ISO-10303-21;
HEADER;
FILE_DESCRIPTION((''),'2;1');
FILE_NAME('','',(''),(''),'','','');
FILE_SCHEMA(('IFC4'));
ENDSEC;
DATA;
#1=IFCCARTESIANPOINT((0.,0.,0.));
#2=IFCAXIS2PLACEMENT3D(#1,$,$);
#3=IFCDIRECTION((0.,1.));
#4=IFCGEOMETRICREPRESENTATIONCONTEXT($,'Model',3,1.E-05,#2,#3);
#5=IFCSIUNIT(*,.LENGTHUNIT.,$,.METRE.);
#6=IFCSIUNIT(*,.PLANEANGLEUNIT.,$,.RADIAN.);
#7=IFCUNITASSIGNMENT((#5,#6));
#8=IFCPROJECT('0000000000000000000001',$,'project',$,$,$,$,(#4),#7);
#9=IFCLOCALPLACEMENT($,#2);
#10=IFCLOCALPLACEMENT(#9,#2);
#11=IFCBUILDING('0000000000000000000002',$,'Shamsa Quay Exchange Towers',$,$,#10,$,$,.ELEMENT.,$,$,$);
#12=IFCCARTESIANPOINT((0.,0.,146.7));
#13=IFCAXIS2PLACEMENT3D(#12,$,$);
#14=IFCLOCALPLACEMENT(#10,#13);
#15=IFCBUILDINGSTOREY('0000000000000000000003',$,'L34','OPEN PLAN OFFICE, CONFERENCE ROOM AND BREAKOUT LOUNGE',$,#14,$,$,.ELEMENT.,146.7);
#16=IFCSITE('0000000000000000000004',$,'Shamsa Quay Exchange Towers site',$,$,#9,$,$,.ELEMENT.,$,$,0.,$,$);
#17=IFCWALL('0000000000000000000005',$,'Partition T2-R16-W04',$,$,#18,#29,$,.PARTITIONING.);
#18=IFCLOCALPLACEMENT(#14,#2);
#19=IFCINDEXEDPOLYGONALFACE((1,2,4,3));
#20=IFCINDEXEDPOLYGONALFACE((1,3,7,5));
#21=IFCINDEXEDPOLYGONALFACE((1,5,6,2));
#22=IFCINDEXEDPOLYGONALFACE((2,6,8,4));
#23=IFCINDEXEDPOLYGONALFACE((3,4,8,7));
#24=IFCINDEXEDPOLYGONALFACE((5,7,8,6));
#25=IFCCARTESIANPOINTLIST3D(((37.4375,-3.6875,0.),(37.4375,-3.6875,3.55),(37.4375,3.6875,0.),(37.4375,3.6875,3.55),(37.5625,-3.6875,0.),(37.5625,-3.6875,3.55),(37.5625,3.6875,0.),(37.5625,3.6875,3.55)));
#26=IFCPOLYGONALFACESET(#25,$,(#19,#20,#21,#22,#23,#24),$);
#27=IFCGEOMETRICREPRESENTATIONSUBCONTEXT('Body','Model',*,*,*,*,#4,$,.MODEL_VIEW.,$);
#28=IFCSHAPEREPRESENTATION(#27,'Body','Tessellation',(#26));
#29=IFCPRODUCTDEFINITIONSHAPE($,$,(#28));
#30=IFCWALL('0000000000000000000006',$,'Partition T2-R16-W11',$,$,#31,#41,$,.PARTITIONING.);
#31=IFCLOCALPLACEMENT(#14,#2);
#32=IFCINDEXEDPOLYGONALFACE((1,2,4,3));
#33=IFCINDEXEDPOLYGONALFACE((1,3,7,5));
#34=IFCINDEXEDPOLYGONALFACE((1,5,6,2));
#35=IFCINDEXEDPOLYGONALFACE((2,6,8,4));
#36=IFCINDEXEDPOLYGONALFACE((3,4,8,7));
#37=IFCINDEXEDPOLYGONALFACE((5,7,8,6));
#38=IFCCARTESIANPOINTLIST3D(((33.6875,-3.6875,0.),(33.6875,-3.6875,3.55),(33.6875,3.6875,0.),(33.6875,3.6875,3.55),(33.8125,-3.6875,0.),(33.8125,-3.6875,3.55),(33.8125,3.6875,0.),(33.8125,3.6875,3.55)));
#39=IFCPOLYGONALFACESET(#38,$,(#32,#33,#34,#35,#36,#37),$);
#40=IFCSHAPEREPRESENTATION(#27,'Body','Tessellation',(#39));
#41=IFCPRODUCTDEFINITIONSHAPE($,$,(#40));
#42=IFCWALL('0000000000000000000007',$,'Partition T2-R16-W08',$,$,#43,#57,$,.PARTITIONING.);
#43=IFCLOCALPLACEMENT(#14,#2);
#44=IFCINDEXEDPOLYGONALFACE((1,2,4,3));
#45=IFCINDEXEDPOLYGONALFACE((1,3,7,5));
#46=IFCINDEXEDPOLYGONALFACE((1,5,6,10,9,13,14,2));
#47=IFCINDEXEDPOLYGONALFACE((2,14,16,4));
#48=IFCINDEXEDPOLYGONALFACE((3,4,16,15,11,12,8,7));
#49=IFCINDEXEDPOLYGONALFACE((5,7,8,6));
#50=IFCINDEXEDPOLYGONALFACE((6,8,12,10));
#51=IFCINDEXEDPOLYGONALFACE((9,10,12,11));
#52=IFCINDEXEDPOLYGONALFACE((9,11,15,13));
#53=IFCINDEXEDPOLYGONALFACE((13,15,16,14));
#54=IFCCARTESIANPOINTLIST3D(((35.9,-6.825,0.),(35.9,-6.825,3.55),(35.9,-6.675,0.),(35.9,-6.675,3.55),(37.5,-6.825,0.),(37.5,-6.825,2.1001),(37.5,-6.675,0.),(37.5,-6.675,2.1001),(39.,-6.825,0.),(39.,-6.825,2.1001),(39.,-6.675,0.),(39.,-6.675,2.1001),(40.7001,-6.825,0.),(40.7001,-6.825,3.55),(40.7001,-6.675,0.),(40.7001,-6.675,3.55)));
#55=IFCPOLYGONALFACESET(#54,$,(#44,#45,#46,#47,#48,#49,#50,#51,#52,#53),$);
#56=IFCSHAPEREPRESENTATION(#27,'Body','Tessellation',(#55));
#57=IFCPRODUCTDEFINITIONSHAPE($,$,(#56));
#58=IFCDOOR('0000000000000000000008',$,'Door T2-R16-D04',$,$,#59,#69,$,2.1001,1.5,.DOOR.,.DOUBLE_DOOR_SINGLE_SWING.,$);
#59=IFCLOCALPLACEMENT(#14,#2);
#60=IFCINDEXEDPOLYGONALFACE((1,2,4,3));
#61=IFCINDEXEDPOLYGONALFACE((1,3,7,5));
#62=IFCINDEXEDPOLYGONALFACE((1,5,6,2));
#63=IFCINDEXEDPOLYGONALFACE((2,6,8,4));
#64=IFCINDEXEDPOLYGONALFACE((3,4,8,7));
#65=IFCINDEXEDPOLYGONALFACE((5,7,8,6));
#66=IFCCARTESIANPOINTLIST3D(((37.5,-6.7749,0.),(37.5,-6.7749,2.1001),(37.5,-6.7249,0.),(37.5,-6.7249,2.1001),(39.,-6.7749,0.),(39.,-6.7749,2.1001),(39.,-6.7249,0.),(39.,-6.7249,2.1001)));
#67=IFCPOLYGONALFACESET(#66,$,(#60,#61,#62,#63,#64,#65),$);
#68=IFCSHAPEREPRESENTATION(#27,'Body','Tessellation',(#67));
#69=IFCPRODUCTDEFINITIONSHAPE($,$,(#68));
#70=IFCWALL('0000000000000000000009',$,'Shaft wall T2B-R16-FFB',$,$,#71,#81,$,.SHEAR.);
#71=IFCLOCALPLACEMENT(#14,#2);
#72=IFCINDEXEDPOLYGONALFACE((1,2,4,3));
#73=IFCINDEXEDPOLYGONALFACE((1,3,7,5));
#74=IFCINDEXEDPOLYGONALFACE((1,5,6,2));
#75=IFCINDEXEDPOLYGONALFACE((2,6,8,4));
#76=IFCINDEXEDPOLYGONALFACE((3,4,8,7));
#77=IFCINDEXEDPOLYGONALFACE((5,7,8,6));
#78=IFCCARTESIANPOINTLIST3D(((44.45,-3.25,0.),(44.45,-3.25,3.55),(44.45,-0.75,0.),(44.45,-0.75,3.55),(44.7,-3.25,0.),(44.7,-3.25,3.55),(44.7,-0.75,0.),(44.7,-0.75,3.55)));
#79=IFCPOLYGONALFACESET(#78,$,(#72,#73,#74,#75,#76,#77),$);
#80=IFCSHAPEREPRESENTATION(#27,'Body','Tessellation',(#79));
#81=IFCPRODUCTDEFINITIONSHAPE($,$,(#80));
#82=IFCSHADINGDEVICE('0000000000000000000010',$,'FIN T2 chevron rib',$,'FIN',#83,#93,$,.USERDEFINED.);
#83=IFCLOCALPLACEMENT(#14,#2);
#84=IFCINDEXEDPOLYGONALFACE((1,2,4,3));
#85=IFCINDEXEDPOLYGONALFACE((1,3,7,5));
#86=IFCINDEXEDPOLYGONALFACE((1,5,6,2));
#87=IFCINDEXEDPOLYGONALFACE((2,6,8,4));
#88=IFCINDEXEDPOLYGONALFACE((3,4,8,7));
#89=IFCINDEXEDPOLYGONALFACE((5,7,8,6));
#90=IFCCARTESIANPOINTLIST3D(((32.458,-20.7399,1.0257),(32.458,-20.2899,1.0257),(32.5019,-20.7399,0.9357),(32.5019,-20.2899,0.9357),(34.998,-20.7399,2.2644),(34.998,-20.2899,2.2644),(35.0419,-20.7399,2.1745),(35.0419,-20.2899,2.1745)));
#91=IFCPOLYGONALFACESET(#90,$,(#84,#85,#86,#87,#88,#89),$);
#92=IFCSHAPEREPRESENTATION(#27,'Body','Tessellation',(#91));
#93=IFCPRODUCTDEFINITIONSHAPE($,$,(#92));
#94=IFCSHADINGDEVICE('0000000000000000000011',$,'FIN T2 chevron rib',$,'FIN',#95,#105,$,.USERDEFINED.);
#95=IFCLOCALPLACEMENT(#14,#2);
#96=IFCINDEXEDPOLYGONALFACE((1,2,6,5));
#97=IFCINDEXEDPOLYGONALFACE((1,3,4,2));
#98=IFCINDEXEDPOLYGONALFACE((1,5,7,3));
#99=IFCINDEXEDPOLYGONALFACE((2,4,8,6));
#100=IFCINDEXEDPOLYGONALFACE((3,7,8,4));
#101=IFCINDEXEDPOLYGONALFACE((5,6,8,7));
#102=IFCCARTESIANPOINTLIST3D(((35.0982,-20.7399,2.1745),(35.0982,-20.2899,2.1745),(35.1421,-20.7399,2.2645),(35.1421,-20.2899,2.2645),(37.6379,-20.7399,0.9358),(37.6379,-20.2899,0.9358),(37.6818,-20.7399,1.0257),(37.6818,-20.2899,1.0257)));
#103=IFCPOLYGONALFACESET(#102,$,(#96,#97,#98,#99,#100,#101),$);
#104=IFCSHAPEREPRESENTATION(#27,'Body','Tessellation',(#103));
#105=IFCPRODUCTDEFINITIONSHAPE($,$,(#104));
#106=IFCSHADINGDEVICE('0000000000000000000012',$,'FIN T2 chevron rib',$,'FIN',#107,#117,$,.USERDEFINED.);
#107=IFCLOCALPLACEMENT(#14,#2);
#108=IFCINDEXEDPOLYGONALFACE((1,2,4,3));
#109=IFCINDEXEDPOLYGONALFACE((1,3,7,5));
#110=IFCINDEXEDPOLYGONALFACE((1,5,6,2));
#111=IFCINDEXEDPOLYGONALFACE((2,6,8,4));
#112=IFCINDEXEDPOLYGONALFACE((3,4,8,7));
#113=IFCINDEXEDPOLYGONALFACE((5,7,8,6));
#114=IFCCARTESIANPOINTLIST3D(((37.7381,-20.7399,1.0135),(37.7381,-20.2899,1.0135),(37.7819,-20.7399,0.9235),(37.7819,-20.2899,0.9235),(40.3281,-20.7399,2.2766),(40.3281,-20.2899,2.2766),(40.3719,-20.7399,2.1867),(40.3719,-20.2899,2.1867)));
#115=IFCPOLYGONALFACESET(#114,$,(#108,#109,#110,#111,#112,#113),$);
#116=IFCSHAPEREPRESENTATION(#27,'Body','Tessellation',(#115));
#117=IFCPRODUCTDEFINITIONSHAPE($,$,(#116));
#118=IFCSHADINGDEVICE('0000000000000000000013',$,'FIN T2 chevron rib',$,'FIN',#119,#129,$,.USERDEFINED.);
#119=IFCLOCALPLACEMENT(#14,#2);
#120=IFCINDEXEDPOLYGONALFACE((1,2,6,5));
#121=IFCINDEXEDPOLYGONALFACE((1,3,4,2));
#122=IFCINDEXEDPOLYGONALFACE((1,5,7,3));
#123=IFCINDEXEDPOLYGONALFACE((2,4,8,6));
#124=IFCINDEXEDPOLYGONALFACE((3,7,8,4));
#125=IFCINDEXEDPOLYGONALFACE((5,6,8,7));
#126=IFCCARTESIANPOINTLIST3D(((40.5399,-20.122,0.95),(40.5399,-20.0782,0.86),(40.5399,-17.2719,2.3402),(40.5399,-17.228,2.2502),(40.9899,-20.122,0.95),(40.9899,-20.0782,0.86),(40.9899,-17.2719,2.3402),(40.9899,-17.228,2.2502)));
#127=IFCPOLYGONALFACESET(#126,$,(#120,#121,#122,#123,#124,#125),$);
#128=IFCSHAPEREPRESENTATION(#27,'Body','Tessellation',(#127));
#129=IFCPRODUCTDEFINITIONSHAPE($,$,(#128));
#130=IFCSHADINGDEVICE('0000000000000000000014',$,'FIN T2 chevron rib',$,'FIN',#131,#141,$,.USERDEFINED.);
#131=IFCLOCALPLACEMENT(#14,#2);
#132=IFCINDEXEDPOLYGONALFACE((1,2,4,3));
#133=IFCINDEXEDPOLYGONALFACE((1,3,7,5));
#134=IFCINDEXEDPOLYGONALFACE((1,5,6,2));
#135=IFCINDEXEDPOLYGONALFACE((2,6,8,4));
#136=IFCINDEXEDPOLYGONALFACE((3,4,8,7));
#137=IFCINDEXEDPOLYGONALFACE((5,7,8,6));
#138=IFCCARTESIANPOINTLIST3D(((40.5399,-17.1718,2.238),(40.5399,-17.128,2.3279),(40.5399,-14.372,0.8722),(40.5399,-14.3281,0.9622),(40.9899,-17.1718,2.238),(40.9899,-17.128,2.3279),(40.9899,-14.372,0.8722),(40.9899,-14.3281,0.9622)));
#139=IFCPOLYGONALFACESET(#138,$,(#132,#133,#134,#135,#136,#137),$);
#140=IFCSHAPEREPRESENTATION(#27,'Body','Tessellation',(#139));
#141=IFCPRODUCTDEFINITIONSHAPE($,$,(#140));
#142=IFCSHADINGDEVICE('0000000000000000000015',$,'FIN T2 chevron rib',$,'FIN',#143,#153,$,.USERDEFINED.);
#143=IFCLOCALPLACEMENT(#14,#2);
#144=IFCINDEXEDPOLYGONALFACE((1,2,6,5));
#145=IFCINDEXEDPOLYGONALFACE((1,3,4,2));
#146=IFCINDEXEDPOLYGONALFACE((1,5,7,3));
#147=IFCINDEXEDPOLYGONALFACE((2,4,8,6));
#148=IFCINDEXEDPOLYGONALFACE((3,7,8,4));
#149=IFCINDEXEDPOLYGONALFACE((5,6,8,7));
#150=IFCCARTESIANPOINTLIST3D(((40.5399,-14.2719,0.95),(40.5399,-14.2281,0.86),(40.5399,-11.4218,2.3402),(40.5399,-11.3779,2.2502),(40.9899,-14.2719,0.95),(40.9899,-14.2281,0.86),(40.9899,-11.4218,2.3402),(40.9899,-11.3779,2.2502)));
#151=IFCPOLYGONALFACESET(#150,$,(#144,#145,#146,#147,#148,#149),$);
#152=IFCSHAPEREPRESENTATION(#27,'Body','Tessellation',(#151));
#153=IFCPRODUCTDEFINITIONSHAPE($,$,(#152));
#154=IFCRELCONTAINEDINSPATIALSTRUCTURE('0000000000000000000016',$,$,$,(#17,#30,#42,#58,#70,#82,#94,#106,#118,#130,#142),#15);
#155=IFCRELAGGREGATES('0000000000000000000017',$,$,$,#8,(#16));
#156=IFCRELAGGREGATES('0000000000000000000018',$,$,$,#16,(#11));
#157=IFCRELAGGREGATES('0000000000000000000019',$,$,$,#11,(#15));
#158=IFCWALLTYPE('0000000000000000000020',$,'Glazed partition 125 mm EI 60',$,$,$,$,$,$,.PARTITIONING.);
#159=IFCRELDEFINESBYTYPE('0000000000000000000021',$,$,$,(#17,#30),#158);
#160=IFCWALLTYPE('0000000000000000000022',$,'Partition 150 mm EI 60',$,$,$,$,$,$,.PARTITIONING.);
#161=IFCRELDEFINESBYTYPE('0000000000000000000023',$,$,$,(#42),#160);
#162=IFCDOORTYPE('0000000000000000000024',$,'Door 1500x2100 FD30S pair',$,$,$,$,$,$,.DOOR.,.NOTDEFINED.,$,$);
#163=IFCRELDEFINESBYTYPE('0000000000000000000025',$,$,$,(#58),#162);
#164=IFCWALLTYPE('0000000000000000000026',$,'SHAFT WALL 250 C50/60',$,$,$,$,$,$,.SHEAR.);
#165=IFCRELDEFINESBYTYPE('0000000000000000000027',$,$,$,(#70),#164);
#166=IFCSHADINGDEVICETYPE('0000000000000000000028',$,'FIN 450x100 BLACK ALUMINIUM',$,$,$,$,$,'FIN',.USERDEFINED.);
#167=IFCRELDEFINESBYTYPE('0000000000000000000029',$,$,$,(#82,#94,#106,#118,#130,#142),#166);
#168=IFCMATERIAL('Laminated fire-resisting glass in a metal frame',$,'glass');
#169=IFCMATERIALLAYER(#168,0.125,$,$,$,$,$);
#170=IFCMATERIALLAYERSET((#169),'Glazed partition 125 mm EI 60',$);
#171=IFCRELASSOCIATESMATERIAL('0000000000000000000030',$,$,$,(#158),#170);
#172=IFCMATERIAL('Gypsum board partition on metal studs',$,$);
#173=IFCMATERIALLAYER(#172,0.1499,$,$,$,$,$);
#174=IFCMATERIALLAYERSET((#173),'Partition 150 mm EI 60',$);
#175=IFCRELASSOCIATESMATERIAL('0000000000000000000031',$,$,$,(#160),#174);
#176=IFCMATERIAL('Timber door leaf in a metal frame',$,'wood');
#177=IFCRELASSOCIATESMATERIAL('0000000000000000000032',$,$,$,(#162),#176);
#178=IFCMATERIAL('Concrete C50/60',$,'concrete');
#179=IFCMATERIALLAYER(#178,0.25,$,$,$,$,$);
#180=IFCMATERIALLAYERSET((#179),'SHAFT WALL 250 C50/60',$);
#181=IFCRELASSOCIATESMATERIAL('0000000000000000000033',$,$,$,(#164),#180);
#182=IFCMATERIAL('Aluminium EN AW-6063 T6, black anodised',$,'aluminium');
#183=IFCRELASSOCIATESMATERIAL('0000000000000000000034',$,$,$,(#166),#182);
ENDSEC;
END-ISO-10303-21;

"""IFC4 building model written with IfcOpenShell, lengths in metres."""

from ifc_helpers import new_model, si_unit, direction, frame, frame_2d, origin, origin_2d, place, context, subcontext, project, spatial, rectangle, extrude, material, layer, layer_set, material_profile, profile_set, type_object, element, fill, save


model = new_model("IFC4")

# Units and contexts
model_context = context("Model", 3, precision=1e-05, world=origin(), true_north=direction((0.0, 1.0)))
body_context = subcontext(model_context, "Body", "Model", "MODEL_VIEW")
ifc_project = project(units=[si_unit("LENGTHUNIT", "METRE"), si_unit("PLANEANGLEUNIT", "RADIAN")], contexts=[model_context])

# Site, building, storey
site_placement = place(None, origin())
site = spatial("IfcSite", under=ifc_project, at=site_placement, Name="Shamsa Quay Exchange Towers site", CompositionType="ELEMENT", RefElevation=0.0)
building_placement = place(site_placement, origin())
building = spatial("IfcBuilding", under=site, at=building_placement, Name="Shamsa Quay Exchange Towers", CompositionType="ELEMENT")
storey_placement = place(building_placement, frame((0.0, 0.0, 146.7)))
storey = spatial("IfcBuildingStorey", under=building, at=storey_placement, Name="L34", Description="OPEN PLAN OFFICE, CONFERENCE ROOM AND BREAKOUT LOUNGE", CompositionType="ELEMENT", Elevation=146.7)

# Shared definitions
ifc_material_1 = material(Name="Aluminium EN AW-6063 T6, black anodised", Category="aluminium")

# Walls
ifc_material_2 = material(Name="Laminated fire-resisting glass in a metal frame", Category="glass")
ifc_layer_1 = layer(ifc_material_2, 0.125)
ifc_layer_set_1 = layer_set([ifc_layer_1], Name="Glazed partition 125 mm EI 60")
wall_type_1 = type_object("IfcWallType", Name="Glazed partition 125 mm EI 60", PredefinedType="PARTITIONING", material=ifc_layer_set_1)
for number, where, z_axis, x_axis, name in (
    (1, (37.5, -3.6875, 0.0), (0.0, 0.0, 1.0), (0.0, 1.0, 0.0), "Partition T2-R16-W04"),
    (2, (33.75, -3.6875, 0.0), (0.0, 0.0, 1.0), (0.0, 1.0, 0.0), "Partition T2-R16-W11"),
):
    element("IfcWall", number, at=place(storey_placement, frame(where, z_axis=z_axis, x_axis=x_axis)), inside=storey, type_object=wall_type_1, Name=name, PredefinedType="PARTITIONING", context=body_context, shape_type="SweptSolid", body=[
        extrude(rectangle(XDim=7.375, YDim=0.125, at=frame_2d((3.6875, 0.0))), origin(), (0.0, 0.0, 1.0), 3.55),
    ])

# Wall, opening, door
ifc_material_3 = material(Name="Gypsum board partition on metal studs")
ifc_layer_2 = layer(ifc_material_3, 0.1499)
ifc_layer_set_2 = layer_set([ifc_layer_2], Name="Partition 150 mm EI 60")
wall_type_2 = type_object("IfcWallType", Name="Partition 150 mm EI 60", PredefinedType="PARTITIONING", material=ifc_layer_set_2)
wall_1_placement = place(storey_placement, frame((40.7, -6.75, 0.0), z_axis=(0.0, 0.0, 1.0), x_axis=(-1.0, 0.0, 0.0)))
wall_1 = element("IfcWall", 3, at=wall_1_placement, inside=storey, type_object=wall_type_2, Name="Partition T2-R16-W08", PredefinedType="PARTITIONING", context=body_context, shape_type="SweptSolid", body=[
    extrude(rectangle(XDim=4.8, YDim=0.1499, at=frame_2d((2.3999, 0.0))), origin(), (0.0, 0.0, 1.0), 3.55),
])
opening_1_placement = place(wall_1_placement, frame((1.7, 0.0, 0.0)))
opening_1 = element("IfcOpeningElement", 4, at=opening_1_placement, cuts=wall_1, PredefinedType="OPENING", context=body_context, shape_type="SweptSolid", body=[
    extrude(rectangle(XDim=1.5, YDim=2.1001, at=frame_2d((0.75, 1.05))), frame((0.0, 0.085, 0.0), z_axis=(0.0, -1.0, 0.0), x_axis=(1.0, 0.0, 0.0)), (0.0, 0.0, 1.0), 0.1699),
])
ifc_material_4 = material(Name="Timber door leaf in a metal frame", Category="wood")
door_type_1 = type_object("IfcDoorType", Name="Door 1500x2100 FD30S pair", OperationType="NOTDEFINED", PredefinedType="DOOR", material=ifc_material_4)
door_1_placement = place(opening_1_placement, origin())
door_1 = element("IfcDoor", 5, at=door_1_placement, inside=storey, type_object=door_type_1, Name="Door T2-R16-D04", OperationType="DOUBLE_DOOR_SINGLE_SWING", OverallHeight=2.1001, OverallWidth=1.5, PredefinedType="DOOR", context=body_context, shape_type="SweptSolid", body=[
    extrude(rectangle(XDim=1.5, YDim=2.1001, at=frame_2d((0.75, 1.05))), frame((0.0, 0.0249, 0.0), z_axis=(0.0, -1.0, 0.0), x_axis=(1.0, 0.0, 0.0)), (0.0, 0.0, 1.0), 0.05),
])
fill(opening_1, door_1)

# Wall
ifc_material_5 = material(Name="Concrete C50/60", Category="concrete")
ifc_layer_3 = layer(ifc_material_5, 0.25)
ifc_layer_set_3 = layer_set([ifc_layer_3], Name="SHAFT WALL 250 C50/60")
wall_type_3 = type_object("IfcWallType", Name="SHAFT WALL 250 C50/60", PredefinedType="SHEAR", material=ifc_layer_set_3)
wall_2_placement = place(storey_placement, frame((44.575, -3.25, 0.0), z_axis=(0.0, 0.0, 1.0), x_axis=(0.0, 1.0, 0.0)))
element("IfcWall", 6, at=wall_2_placement, inside=storey, type_object=wall_type_3, Name="Shaft wall T2B-R16-FFB", PredefinedType="SHEAR", context=body_context, shape_type="SweptSolid", body=[
    extrude(rectangle(XDim=2.5, YDim=0.25, at=frame_2d((1.25, 0.0))), origin(), (0.0, 0.0, 1.0), 3.55),
])

# Shading devices
ifc_material_profile_1 = material_profile(ifc_material_1, rectangle(XDim=0.45, YDim=0.1001, at=origin_2d()), Name="FIN450x100")
ifc_profile_set_1 = profile_set([ifc_material_profile_1], Name="Aluminium EN AW-6063 T6, black anodised")
shading_device_type = type_object("IfcShadingDeviceType", Name="FIN 450x100 BLACK ALUMINIUM", ElementType="FIN", PredefinedType="USERDEFINED", material=ifc_profile_set_1)
shading_device_1_placement = place(storey_placement, frame((32.48, -20.5149, 0.9807), z_axis=(0.898807, 0.0, 0.438345), x_axis=(0.0, 1.0, 0.0)))
element("IfcShadingDevice", 7, at=shading_device_1_placement, inside=storey, type_object=shading_device_type, Name="FIN T2 chevron rib", ObjectType="FIN", PredefinedType="USERDEFINED", context=body_context, shape_type="SweptSolid", body=[
    extrude(rectangle(XDim=0.45, YDim=0.1001, at=origin_2d()), origin(), (0.0, 0.0, 1.0), 2.8259),
])
shading_device_2_placement = place(storey_placement, frame((35.1201, -20.5149, 2.2195), z_axis=(0.89879, 0.0, -0.438379), x_axis=(0.0, 1.0, 0.0)))
element("IfcShadingDevice", 8, at=shading_device_2_placement, inside=storey, type_object=shading_device_type, Name="FIN T2 chevron rib", ObjectType="FIN", PredefinedType="USERDEFINED", context=body_context, shape_type="SweptSolid", body=[
    extrude(rectangle(XDim=0.45, YDim=0.1001, at=origin_2d()), origin(), (0.0, 0.0, 1.0), 2.8257),
])
shading_device_3_placement = place(storey_placement, frame((37.76, -20.5149, 0.9685), z_axis=(0.898806, 0.0, 0.438347), x_axis=(0.0, 1.0, 0.0)))
element("IfcShadingDevice", 9, at=shading_device_3_placement, inside=storey, type_object=shading_device_type, Name="FIN T2 chevron rib", ObjectType="FIN", PredefinedType="USERDEFINED", context=body_context, shape_type="SweptSolid", body=[
    extrude(rectangle(XDim=0.45, YDim=0.1001, at=origin_2d()), origin(), (0.0, 0.0, 1.0), 2.8816),
])
shading_device_4_placement = place(storey_placement, frame((40.7649, -20.1001, 0.905), z_axis=(0.0, 0.898788, 0.438384), x_axis=(-1.0, 0.0, 0.0)))
element("IfcShadingDevice", 10, at=shading_device_4_placement, inside=storey, type_object=shading_device_type, Name="FIN T2 chevron rib", ObjectType="FIN", PredefinedType="USERDEFINED", context=body_context, shape_type="SweptSolid", body=[
    extrude(rectangle(XDim=0.45, YDim=0.1001, at=origin_2d()), origin(), (0.0, 0.0, 1.0), 3.1711),
])
shading_device_5_placement = place(storey_placement, frame((40.7649, -17.1499, 2.283), z_axis=(0.0, 0.898773, -0.438414), x_axis=(-1.0, 0.0, 0.0)))
element("IfcShadingDevice", 11, at=shading_device_5_placement, inside=storey, type_object=shading_device_type, Name="FIN T2 chevron rib", ObjectType="FIN", PredefinedType="USERDEFINED", context=body_context, shape_type="SweptSolid", body=[
    extrude(rectangle(XDim=0.45, YDim=0.1001, at=origin_2d()), origin(), (0.0, 0.0, 1.0), 3.1152),
])
shading_device_6_placement = place(storey_placement, frame((40.7649, -14.25, 0.905), z_axis=(0.0, 0.898788, 0.438384), x_axis=(-1.0, 0.0, 0.0)))
element("IfcShadingDevice", 12, at=shading_device_6_placement, inside=storey, type_object=shading_device_type, Name="FIN T2 chevron rib", ObjectType="FIN", PredefinedType="USERDEFINED", context=body_context, shape_type="SweptSolid", body=[
    extrude(rectangle(XDim=0.45, YDim=0.1001, at=origin_2d()), origin(), (0.0, 0.0, 1.0), 3.1711),
])

save(model, "model.ifc")
